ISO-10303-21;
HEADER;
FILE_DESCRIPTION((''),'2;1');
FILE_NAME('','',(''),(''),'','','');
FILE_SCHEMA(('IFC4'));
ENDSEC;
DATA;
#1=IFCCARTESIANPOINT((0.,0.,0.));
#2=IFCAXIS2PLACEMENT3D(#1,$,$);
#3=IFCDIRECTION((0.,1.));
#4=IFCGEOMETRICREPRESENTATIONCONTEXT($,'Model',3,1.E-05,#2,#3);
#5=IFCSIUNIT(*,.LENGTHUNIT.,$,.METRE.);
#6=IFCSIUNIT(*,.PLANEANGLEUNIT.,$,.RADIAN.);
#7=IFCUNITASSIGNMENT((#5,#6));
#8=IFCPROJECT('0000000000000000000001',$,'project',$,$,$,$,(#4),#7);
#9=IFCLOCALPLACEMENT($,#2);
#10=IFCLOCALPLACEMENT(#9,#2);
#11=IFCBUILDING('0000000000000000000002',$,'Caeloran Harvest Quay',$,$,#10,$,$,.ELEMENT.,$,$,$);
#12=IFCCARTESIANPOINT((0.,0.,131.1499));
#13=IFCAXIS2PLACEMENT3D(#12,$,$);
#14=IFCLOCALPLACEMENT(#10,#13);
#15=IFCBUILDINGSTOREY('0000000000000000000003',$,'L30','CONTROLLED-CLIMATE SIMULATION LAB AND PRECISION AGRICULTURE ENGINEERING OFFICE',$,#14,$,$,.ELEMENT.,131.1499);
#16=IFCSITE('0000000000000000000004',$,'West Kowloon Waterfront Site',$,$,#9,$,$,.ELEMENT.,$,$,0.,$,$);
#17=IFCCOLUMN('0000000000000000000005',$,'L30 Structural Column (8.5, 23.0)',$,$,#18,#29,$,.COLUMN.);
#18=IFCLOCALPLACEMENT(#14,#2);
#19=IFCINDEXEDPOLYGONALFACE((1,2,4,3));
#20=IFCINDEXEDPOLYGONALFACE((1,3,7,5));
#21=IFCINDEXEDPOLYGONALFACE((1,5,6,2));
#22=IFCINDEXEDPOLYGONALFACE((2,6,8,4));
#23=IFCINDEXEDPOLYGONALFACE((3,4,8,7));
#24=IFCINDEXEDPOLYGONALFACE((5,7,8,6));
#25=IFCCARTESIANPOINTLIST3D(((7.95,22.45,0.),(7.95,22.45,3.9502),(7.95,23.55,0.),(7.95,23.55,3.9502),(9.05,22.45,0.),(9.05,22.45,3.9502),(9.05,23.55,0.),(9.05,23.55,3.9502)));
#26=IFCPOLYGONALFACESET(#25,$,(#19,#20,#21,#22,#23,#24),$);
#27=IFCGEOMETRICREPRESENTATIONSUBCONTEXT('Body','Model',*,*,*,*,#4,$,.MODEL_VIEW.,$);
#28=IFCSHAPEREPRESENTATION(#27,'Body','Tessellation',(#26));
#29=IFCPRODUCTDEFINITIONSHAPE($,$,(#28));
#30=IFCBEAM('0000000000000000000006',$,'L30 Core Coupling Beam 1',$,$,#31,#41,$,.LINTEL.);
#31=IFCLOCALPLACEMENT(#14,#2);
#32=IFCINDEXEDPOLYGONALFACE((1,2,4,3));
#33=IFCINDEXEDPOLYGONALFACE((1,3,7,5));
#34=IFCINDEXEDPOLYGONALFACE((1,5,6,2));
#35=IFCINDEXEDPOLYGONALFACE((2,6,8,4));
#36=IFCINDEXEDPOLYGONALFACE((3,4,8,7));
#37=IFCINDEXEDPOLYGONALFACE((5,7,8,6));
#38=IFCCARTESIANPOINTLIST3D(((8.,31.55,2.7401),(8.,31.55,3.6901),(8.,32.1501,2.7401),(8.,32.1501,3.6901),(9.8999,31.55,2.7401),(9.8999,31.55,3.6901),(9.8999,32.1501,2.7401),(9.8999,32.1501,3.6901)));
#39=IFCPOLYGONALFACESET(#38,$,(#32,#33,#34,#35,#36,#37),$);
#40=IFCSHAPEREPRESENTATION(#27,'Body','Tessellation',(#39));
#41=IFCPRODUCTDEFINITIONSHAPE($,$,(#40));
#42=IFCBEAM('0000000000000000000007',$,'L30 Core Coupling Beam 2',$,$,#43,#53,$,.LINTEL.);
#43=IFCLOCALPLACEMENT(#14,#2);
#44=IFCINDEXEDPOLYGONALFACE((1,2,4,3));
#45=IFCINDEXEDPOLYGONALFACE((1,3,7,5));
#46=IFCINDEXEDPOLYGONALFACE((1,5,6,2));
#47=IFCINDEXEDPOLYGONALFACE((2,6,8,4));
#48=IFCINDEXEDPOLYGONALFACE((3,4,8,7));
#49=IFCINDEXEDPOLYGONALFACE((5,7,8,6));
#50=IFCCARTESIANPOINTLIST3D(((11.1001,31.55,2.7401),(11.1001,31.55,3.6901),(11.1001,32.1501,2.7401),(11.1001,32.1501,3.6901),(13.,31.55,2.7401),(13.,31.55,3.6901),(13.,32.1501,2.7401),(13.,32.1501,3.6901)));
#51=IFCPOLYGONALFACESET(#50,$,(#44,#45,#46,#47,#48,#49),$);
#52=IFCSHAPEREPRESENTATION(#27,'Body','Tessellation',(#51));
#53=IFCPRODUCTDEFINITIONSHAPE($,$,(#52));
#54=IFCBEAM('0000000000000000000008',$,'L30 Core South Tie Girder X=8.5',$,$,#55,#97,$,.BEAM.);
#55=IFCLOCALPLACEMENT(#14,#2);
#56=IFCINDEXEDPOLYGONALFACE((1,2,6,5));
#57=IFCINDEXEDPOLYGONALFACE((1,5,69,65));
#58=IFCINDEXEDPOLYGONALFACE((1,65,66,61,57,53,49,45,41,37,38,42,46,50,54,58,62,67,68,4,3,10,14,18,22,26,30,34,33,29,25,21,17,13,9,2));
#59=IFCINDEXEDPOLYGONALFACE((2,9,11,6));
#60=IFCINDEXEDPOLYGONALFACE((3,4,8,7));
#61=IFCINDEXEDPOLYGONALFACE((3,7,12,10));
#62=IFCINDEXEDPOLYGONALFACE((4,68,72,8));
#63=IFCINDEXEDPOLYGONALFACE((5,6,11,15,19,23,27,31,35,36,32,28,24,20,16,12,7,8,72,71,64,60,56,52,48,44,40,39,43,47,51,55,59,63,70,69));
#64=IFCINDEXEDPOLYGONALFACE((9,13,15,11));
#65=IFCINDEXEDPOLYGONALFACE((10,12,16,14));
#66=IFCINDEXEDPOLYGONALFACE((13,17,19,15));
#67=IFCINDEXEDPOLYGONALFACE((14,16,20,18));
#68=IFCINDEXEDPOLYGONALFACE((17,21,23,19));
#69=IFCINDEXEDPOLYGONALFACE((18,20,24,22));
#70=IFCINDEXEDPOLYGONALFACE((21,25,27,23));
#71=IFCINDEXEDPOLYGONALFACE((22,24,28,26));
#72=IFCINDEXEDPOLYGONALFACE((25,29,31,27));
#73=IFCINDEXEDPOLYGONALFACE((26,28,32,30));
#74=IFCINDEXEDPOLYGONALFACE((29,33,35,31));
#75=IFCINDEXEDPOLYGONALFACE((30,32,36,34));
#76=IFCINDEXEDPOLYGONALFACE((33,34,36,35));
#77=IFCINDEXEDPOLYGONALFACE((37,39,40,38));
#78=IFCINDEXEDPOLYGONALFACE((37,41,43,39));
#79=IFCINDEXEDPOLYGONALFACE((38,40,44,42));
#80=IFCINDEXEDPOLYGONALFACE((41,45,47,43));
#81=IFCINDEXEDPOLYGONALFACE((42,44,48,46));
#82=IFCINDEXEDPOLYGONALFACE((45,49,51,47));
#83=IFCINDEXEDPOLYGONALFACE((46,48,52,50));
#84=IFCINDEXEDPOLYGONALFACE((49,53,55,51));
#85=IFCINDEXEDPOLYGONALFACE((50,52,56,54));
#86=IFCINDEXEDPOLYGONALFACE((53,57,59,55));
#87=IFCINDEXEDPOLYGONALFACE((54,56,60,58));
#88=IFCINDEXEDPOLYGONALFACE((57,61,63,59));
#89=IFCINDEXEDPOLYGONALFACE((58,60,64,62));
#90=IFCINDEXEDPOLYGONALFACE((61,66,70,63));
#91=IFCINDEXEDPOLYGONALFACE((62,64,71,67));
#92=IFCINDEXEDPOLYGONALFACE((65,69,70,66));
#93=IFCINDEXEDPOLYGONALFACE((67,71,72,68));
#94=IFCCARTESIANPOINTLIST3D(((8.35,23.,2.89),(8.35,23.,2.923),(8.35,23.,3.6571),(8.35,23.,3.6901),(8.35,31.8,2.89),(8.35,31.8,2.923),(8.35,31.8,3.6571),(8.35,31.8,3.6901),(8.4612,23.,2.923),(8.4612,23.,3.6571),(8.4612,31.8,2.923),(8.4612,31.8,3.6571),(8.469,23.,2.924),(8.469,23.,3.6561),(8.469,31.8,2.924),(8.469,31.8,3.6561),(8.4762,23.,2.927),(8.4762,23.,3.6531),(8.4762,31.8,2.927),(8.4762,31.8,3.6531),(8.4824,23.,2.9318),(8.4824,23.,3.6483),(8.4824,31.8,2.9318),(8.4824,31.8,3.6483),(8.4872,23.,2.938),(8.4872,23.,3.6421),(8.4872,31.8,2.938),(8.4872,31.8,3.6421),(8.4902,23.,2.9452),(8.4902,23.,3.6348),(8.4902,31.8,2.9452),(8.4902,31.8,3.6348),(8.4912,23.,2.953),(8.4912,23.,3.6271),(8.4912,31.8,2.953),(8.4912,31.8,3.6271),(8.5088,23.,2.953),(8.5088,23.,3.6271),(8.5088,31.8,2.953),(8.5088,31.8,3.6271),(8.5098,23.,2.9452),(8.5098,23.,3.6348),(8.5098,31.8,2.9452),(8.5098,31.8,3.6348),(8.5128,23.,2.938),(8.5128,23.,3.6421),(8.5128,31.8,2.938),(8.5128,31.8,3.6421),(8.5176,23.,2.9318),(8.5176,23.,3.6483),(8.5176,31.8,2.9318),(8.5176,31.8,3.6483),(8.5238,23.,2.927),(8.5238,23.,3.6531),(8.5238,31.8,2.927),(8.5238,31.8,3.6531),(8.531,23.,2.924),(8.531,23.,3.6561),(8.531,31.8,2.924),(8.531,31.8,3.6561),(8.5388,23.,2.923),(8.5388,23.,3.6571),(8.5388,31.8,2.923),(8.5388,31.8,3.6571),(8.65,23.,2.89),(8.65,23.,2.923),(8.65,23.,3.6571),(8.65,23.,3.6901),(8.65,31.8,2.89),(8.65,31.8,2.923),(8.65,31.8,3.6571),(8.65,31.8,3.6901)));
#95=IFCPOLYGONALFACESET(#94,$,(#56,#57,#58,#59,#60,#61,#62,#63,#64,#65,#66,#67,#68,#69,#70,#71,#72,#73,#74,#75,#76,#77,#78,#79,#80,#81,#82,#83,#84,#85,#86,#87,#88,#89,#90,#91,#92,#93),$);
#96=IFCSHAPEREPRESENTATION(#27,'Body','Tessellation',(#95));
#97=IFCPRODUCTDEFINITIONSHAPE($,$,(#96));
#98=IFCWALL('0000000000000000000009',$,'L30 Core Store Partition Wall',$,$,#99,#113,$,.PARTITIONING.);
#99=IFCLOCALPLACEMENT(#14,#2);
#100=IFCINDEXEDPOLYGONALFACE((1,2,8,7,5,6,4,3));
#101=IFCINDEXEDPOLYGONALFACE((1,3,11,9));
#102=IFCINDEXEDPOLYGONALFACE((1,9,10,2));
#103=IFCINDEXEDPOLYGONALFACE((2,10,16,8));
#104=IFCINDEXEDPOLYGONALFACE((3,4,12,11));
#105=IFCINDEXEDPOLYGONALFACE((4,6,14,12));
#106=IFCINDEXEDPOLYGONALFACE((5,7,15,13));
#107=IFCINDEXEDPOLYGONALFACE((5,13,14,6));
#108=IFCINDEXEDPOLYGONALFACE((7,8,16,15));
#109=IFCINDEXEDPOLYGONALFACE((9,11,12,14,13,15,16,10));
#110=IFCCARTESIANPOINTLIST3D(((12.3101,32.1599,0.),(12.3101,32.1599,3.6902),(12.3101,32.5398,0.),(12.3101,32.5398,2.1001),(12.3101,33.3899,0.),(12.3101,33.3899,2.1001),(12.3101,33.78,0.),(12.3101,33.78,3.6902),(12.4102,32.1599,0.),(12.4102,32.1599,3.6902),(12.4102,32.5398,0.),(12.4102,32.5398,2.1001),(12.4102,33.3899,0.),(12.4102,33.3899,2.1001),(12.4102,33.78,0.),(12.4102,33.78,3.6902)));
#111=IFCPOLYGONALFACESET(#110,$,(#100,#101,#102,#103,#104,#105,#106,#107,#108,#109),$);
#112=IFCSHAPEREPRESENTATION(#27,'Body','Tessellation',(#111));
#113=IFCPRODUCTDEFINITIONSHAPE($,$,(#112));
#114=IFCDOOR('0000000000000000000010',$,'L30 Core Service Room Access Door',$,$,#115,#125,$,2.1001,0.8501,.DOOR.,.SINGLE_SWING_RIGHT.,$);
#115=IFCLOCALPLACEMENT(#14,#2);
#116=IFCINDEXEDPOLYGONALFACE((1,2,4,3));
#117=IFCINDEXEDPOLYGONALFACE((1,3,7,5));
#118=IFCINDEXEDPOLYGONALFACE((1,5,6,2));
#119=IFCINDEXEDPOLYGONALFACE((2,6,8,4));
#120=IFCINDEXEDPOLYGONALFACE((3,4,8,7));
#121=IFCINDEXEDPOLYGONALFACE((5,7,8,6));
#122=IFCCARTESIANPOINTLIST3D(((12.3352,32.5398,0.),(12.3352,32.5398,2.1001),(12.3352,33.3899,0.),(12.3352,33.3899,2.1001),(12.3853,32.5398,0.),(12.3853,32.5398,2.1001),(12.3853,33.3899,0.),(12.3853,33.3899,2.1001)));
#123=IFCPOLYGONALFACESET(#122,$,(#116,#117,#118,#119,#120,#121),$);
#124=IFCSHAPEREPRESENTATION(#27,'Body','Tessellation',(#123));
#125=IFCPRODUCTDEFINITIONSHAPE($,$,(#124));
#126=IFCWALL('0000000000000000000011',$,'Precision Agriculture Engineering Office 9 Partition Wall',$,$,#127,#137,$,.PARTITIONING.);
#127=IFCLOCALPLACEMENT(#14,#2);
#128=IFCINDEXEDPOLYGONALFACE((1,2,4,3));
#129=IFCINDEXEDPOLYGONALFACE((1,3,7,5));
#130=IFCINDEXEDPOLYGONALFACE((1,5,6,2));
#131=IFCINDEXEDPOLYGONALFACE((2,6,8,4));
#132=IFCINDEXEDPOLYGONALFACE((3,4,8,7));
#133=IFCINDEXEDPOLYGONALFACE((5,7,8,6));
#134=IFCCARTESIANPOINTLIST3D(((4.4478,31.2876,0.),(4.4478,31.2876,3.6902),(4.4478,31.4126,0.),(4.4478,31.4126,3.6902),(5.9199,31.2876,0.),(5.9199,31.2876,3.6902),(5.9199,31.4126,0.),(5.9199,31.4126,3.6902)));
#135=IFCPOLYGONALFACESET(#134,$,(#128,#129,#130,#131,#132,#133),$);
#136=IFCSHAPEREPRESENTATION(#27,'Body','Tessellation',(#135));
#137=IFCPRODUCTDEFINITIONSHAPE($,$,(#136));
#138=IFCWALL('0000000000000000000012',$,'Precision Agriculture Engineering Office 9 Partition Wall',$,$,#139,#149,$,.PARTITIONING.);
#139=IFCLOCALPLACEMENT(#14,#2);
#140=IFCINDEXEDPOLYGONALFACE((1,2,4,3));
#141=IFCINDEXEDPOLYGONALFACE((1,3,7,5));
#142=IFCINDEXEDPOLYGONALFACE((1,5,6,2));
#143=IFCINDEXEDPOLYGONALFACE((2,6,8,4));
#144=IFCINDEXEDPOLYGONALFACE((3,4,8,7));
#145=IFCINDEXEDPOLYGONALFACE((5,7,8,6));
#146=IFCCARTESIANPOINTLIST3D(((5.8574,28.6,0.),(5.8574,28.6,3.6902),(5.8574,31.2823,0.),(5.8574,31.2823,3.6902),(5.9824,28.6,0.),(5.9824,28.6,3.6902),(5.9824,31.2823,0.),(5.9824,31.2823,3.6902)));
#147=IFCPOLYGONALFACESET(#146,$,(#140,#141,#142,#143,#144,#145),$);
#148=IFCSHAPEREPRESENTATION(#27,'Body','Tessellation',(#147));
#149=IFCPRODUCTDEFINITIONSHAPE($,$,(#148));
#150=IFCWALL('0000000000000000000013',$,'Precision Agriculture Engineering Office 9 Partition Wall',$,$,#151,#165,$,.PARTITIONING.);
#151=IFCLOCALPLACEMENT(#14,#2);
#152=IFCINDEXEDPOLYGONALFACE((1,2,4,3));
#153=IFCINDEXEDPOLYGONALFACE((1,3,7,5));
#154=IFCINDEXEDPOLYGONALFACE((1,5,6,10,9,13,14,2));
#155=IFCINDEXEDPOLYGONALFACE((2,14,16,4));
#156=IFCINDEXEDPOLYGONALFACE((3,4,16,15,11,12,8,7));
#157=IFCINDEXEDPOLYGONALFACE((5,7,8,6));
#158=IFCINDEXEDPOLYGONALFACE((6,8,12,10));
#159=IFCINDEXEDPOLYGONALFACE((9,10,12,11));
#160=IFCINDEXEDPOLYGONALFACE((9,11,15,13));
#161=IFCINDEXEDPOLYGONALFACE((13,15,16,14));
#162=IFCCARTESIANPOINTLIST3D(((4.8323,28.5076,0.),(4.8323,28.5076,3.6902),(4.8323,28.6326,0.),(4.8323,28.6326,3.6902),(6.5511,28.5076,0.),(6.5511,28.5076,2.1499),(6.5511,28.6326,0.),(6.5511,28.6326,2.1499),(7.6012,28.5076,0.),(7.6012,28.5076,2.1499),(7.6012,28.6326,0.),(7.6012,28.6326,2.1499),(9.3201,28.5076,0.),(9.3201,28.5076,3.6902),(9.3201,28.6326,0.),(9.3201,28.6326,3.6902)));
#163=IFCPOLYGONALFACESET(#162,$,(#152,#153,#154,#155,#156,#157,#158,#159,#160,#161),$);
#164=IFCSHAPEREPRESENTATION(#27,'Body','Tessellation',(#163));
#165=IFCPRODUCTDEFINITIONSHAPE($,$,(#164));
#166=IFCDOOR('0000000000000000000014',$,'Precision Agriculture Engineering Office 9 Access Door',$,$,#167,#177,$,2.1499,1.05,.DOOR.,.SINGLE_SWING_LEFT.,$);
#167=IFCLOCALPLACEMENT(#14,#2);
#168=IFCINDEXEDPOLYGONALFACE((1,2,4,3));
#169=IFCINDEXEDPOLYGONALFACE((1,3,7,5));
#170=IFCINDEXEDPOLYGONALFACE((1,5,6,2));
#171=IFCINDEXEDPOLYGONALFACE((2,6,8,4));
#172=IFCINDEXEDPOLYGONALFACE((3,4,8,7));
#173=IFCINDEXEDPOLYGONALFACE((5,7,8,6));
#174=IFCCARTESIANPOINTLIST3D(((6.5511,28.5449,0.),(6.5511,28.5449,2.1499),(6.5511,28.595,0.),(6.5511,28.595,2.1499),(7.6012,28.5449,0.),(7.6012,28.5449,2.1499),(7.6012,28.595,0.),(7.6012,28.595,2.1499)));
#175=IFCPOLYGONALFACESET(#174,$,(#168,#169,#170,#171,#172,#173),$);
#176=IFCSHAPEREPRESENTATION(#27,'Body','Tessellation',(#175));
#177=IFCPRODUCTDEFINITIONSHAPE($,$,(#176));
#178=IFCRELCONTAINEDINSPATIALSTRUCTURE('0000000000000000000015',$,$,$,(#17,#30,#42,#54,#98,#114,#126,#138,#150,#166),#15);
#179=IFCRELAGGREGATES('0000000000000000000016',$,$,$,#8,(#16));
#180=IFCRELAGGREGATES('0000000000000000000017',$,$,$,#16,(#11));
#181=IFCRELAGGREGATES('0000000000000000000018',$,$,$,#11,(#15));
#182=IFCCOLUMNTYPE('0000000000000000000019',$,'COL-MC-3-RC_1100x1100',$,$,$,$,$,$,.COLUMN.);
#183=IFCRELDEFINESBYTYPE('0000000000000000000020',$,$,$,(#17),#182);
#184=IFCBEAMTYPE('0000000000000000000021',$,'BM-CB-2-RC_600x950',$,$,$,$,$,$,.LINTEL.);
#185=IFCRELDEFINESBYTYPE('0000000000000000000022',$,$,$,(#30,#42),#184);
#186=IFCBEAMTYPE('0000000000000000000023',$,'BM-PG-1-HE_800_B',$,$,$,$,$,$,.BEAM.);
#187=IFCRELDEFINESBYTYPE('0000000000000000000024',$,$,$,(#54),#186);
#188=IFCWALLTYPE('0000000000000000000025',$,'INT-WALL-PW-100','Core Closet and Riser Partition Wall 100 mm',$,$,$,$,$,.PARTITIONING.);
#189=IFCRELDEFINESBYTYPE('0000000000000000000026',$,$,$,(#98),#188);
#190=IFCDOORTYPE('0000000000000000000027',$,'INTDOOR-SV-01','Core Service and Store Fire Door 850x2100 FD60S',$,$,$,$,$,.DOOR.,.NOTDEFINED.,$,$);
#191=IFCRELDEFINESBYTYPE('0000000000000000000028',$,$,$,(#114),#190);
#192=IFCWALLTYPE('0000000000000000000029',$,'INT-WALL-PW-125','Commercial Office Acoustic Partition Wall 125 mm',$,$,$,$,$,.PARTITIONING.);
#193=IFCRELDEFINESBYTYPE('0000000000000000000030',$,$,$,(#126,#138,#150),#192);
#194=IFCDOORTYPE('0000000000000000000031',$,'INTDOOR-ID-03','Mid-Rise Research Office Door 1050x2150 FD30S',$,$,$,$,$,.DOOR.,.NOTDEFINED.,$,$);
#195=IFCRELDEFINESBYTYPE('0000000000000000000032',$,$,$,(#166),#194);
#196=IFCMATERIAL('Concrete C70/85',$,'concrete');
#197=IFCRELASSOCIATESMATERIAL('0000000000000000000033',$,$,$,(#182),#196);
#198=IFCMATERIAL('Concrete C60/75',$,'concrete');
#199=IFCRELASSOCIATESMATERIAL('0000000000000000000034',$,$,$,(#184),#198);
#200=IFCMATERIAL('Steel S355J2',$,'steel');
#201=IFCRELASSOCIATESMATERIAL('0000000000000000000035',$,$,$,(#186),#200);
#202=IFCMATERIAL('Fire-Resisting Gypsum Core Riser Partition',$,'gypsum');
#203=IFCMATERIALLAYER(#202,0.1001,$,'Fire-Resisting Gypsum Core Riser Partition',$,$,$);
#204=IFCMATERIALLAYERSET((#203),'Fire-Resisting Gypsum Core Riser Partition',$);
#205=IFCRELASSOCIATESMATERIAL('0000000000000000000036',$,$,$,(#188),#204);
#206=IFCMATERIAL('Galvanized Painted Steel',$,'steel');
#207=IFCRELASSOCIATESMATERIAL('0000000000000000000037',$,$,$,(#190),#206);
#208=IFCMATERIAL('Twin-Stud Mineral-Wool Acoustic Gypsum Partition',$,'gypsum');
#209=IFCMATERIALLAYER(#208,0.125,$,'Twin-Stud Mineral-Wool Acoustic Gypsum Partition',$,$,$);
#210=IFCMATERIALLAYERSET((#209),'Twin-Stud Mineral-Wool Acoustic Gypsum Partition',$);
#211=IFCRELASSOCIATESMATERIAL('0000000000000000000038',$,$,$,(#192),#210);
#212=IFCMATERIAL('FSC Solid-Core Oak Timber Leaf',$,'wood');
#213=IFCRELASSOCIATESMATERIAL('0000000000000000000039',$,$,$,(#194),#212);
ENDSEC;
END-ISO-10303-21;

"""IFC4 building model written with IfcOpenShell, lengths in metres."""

from ifc_helpers import new_model, si_unit, direction, frame, frame_2d, origin, origin_2d, place, context, subcontext, project, spatial, rectangle, i_section, extrude, material, layer, layer_set, material_profile, profile_set, type_object, element, fill, save


model = new_model("IFC4")

# Units and contexts
model_context = context("Model", 3, precision=1e-05, world=origin(), true_north=direction((0.0, 1.0)))
body_context = subcontext(model_context, "Body", "Model", "MODEL_VIEW")
ifc_project = project(units=[si_unit("LENGTHUNIT", "METRE"), si_unit("PLANEANGLEUNIT", "RADIAN")], contexts=[model_context])

# Site, building, storey
site_placement = place(None, origin())
site = spatial("IfcSite", under=ifc_project, at=site_placement, Name="West Kowloon Waterfront Site", CompositionType="ELEMENT", RefElevation=0.0)
building_placement = place(site_placement, origin())
building = spatial("IfcBuilding", under=site, at=building_placement, Name="Caeloran Harvest Quay", CompositionType="ELEMENT")
storey_placement = place(building_placement, frame((0.0, 0.0, 131.1499)))
storey = spatial("IfcBuildingStorey", under=building, at=storey_placement, Name="L30", Description="CONTROLLED-CLIMATE SIMULATION LAB AND PRECISION AGRICULTURE ENGINEERING OFFICE", CompositionType="ELEMENT", Elevation=131.1499)

# Column
ifc_material_1 = material(Name="Concrete C70/85", Category="concrete")
ifc_material_profile_1 = material_profile(ifc_material_1, rectangle(XDim=1.1001, YDim=1.1001, at=origin_2d()), Name="RC 1100x1100")
ifc_profile_set_1 = profile_set([ifc_material_profile_1], Name="Concrete C70/85")
column_type = type_object("IfcColumnType", Name="COL-MC-3-RC_1100x1100", PredefinedType="COLUMN", material=ifc_profile_set_1)
column_placement = place(storey_placement, frame((8.5, 23.0, 0.0), z_axis=(0.0, 0.0, 1.0), x_axis=(1.0, 0.0, 0.0)))
element("IfcColumn", 1, at=column_placement, inside=storey, type_object=column_type, Name="L30 Structural Column (8.5, 23.0)", PredefinedType="COLUMN", context=body_context, shape_type="SweptSolid", body=[
    extrude(rectangle(XDim=1.1001, YDim=1.1001, at=origin_2d()), origin(), (0.0, 0.0, 1.0), 3.9502),
])

# Beams
ifc_material_2 = material(Name="Concrete C60/75", Category="concrete")
ifc_material_profile_2 = material_profile(ifc_material_2, rectangle(XDim=0.6001, YDim=0.95, at=origin_2d()), Name="RC 600x950")
ifc_profile_set_2 = profile_set([ifc_material_profile_2], Name="Concrete C60/75")
beam_type_1 = type_object("IfcBeamType", Name="BM-CB-2-RC_600x950", PredefinedType="LINTEL", material=ifc_profile_set_2)
for number, where, z_axis, x_axis, name in (
    (2, (8.0, 31.8501, 3.2151), (1.0, 0.0, 0.0), (0.0, 1.0, 0.0), "L30 Core Coupling Beam 1"),
    (3, (11.1001, 31.8501, 3.2151), (1.0, 0.0, 0.0), (0.0, 1.0, 0.0), "L30 Core Coupling Beam 2"),
):
    element("IfcBeam", number, at=place(storey_placement, frame(where, z_axis=z_axis, x_axis=x_axis)), inside=storey, type_object=beam_type_1, Name=name, PredefinedType="LINTEL", context=body_context, shape_type="SweptSolid", body=[
        extrude(rectangle(XDim=0.6001, YDim=0.95, at=origin_2d()), origin(), (0.0, 0.0, 1.0), 1.8999),
    ])
ifc_material_3 = material(Name="Steel S355J2", Category="steel")
ifc_material_profile_3 = material_profile(ifc_material_3, i_section(OverallWidth=0.3, OverallDepth=0.8, WebThickness=0.0176, FlangeThickness=0.033, FilletRadius=0.03, at=origin_2d()), Name="HE 800 B")
ifc_profile_set_3 = profile_set([ifc_material_profile_3], Name="Steel S355J2")
beam_type_2 = type_object("IfcBeamType", Name="BM-PG-1-HE_800_B", PredefinedType="BEAM", material=ifc_profile_set_3)
beam_placement = place(storey_placement, frame((8.5, 23.0, 3.29), z_axis=(0.0, 1.0, 0.0), x_axis=(-1.0, 0.0, 0.0)))
element("IfcBeam", 4, at=beam_placement, inside=storey, type_object=beam_type_2, Name="L30 Core South Tie Girder X=8.5", PredefinedType="BEAM", context=body_context, shape_type="SweptSolid", body=[
    extrude(i_section(OverallWidth=0.3, OverallDepth=0.8, WebThickness=0.0176, FlangeThickness=0.033, FilletRadius=0.03, at=origin_2d()), origin(), (0.0, 0.0, 1.0), 8.8),
])

# Wall, opening, door
ifc_material_4 = material(Name="Fire-Resisting Gypsum Core Riser Partition", Category="gypsum")
ifc_layer_1 = layer(ifc_material_4, 0.1001, Name="Fire-Resisting Gypsum Core Riser Partition")
ifc_layer_set_1 = layer_set([ifc_layer_1], Name="Fire-Resisting Gypsum Core Riser Partition")
wall_type_1 = type_object("IfcWallType", Name="INT-WALL-PW-100", Description="Core Closet and Riser Partition Wall 100 mm", PredefinedType="PARTITIONING", material=ifc_layer_set_1)
wall_1_placement = place(storey_placement, frame((12.3601, 32.1599, 0.0), z_axis=(0.0, 0.0, 1.0), x_axis=(0.0, 1.0, 0.0)))
wall_1 = element("IfcWall", 5, at=wall_1_placement, inside=storey, type_object=wall_type_1, Name="L30 Core Store Partition Wall", PredefinedType="PARTITIONING", context=body_context, shape_type="SweptSolid", body=[
    extrude(rectangle(XDim=1.6201, YDim=0.1001, at=frame_2d((0.8101, 0.0))), origin(), (0.0, 0.0, 1.0), 3.6902),
])
opening_1_placement = place(wall_1_placement, frame((0.3799, 0.0, 0.0)))
opening_1 = element("IfcOpeningElement", 6, at=opening_1_placement, cuts=wall_1, PredefinedType="OPENING", context=body_context, shape_type="SweptSolid", body=[
    extrude(rectangle(XDim=0.8501, YDim=2.1001, at=frame_2d((0.425, 1.05))), frame((0.0, 0.0601, 0.0), z_axis=(0.0, -1.0, 0.0), x_axis=(1.0, 0.0, 0.0)), (0.0, 0.0, 1.0), 0.1201),
])
ifc_material_5 = material(Name="Galvanized Painted Steel", Category="steel")
door_type_1 = type_object("IfcDoorType", Name="INTDOOR-SV-01", Description="Core Service and Store Fire Door 850x2100 FD60S", OperationType="NOTDEFINED", PredefinedType="DOOR", material=ifc_material_5)
door_1_placement = place(opening_1_placement, origin())
door_1 = element("IfcDoor", 7, at=door_1_placement, inside=storey, type_object=door_type_1, Name="L30 Core Service Room Access Door", OperationType="SINGLE_SWING_RIGHT", OverallHeight=2.1001, OverallWidth=0.8501, PredefinedType="DOOR", context=body_context, shape_type="SweptSolid", body=[
    extrude(rectangle(XDim=0.8501, YDim=2.1001, at=frame_2d((0.425, 1.05))), frame((0.0, 0.0249, 0.0), z_axis=(0.0, -1.0, 0.0), x_axis=(1.0, 0.0, 0.0)), (0.0, 0.0, 1.0), 0.05),
])
fill(opening_1, door_1)

# Walls
ifc_material_6 = material(Name="Twin-Stud Mineral-Wool Acoustic Gypsum Partition", Category="gypsum")
ifc_layer_2 = layer(ifc_material_6, 0.125, Name="Twin-Stud Mineral-Wool Acoustic Gypsum Partition")
ifc_layer_set_2 = layer_set([ifc_layer_2], Name="Twin-Stud Mineral-Wool Acoustic Gypsum Partition")
wall_type_2 = type_object("IfcWallType", Name="INT-WALL-PW-125", Description="Commercial Office Acoustic Partition Wall 125 mm", PredefinedType="PARTITIONING", material=ifc_layer_set_2)
wall_2_placement = place(storey_placement, frame((4.4478, 31.3501, 0.0), z_axis=(0.0, 0.0, 1.0), x_axis=(1.0, 0.0, 0.0)))
element("IfcWall", 8, at=wall_2_placement, inside=storey, type_object=wall_type_2, Name="Precision Agriculture Engineering Office 9 Partition Wall", PredefinedType="PARTITIONING", context=body_context, shape_type="SweptSolid", body=[
    extrude(rectangle(XDim=1.4722, YDim=0.125, at=frame_2d((0.7361, 0.0))), origin(), (0.0, 0.0, 1.0), 3.6902),
])
wall_3_placement = place(storey_placement, frame((5.9199, 31.2825, 0.0), z_axis=(0.0, 0.0, 1.0), x_axis=(0.0, -1.0, 0.0)))
element("IfcWall", 9, at=wall_3_placement, inside=storey, type_object=wall_type_2, Name="Precision Agriculture Engineering Office 9 Partition Wall", PredefinedType="PARTITIONING", context=body_context, shape_type="SweptSolid", body=[
    extrude(rectangle(XDim=2.6824, YDim=0.125, at=frame_2d((1.3413, 0.0))), origin(), (0.0, 0.0, 1.0), 3.6902),
])

# Wall, opening, door
wall_4_placement = place(storey_placement, frame((4.8323, 28.5701, 0.0), z_axis=(0.0, 0.0, 1.0), x_axis=(1.0, 0.0, 0.0)))
wall_4 = element("IfcWall", 10, at=wall_4_placement, inside=storey, type_object=wall_type_2, Name="Precision Agriculture Engineering Office 9 Partition Wall", PredefinedType="PARTITIONING", context=body_context, shape_type="SweptSolid", body=[
    extrude(rectangle(XDim=4.4878, YDim=0.125, at=frame_2d((2.2439, 0.0))), origin(), (0.0, 0.0, 1.0), 3.6902),
])
opening_2_placement = place(wall_4_placement, frame((1.719, 0.0, 0.0)))
opening_2 = element("IfcOpeningElement", 11, at=opening_2_placement, cuts=wall_4, PredefinedType="OPENING", context=body_context, shape_type="SweptSolid", body=[
    extrude(rectangle(XDim=1.05, YDim=2.1499, at=frame_2d((0.5249, 1.075))), frame((0.0, 0.0725, 0.0), z_axis=(0.0, -1.0, 0.0), x_axis=(1.0, 0.0, 0.0)), (0.0, 0.0, 1.0), 0.145),
])
ifc_material_7 = material(Name="FSC Solid-Core Oak Timber Leaf", Category="wood")
door_type_2 = type_object("IfcDoorType", Name="INTDOOR-ID-03", Description="Mid-Rise Research Office Door 1050x2150 FD30S", OperationType="NOTDEFINED", PredefinedType="DOOR", material=ifc_material_7)
door_2_placement = place(opening_2_placement, origin())
door_2 = element("IfcDoor", 12, at=door_2_placement, inside=storey, type_object=door_type_2, Name="Precision Agriculture Engineering Office 9 Access Door", OperationType="SINGLE_SWING_LEFT", OverallHeight=2.1499, OverallWidth=1.05, PredefinedType="DOOR", context=body_context, shape_type="SweptSolid", body=[
    extrude(rectangle(XDim=1.05, YDim=2.1499, at=frame_2d((0.5249, 1.075))), frame((0.0, 0.0249, 0.0), z_axis=(0.0, -1.0, 0.0), x_axis=(1.0, 0.0, 0.0)), (0.0, 0.0, 1.0), 0.05),
])
fill(opening_2, door_2)

save(model, "model.ifc")
